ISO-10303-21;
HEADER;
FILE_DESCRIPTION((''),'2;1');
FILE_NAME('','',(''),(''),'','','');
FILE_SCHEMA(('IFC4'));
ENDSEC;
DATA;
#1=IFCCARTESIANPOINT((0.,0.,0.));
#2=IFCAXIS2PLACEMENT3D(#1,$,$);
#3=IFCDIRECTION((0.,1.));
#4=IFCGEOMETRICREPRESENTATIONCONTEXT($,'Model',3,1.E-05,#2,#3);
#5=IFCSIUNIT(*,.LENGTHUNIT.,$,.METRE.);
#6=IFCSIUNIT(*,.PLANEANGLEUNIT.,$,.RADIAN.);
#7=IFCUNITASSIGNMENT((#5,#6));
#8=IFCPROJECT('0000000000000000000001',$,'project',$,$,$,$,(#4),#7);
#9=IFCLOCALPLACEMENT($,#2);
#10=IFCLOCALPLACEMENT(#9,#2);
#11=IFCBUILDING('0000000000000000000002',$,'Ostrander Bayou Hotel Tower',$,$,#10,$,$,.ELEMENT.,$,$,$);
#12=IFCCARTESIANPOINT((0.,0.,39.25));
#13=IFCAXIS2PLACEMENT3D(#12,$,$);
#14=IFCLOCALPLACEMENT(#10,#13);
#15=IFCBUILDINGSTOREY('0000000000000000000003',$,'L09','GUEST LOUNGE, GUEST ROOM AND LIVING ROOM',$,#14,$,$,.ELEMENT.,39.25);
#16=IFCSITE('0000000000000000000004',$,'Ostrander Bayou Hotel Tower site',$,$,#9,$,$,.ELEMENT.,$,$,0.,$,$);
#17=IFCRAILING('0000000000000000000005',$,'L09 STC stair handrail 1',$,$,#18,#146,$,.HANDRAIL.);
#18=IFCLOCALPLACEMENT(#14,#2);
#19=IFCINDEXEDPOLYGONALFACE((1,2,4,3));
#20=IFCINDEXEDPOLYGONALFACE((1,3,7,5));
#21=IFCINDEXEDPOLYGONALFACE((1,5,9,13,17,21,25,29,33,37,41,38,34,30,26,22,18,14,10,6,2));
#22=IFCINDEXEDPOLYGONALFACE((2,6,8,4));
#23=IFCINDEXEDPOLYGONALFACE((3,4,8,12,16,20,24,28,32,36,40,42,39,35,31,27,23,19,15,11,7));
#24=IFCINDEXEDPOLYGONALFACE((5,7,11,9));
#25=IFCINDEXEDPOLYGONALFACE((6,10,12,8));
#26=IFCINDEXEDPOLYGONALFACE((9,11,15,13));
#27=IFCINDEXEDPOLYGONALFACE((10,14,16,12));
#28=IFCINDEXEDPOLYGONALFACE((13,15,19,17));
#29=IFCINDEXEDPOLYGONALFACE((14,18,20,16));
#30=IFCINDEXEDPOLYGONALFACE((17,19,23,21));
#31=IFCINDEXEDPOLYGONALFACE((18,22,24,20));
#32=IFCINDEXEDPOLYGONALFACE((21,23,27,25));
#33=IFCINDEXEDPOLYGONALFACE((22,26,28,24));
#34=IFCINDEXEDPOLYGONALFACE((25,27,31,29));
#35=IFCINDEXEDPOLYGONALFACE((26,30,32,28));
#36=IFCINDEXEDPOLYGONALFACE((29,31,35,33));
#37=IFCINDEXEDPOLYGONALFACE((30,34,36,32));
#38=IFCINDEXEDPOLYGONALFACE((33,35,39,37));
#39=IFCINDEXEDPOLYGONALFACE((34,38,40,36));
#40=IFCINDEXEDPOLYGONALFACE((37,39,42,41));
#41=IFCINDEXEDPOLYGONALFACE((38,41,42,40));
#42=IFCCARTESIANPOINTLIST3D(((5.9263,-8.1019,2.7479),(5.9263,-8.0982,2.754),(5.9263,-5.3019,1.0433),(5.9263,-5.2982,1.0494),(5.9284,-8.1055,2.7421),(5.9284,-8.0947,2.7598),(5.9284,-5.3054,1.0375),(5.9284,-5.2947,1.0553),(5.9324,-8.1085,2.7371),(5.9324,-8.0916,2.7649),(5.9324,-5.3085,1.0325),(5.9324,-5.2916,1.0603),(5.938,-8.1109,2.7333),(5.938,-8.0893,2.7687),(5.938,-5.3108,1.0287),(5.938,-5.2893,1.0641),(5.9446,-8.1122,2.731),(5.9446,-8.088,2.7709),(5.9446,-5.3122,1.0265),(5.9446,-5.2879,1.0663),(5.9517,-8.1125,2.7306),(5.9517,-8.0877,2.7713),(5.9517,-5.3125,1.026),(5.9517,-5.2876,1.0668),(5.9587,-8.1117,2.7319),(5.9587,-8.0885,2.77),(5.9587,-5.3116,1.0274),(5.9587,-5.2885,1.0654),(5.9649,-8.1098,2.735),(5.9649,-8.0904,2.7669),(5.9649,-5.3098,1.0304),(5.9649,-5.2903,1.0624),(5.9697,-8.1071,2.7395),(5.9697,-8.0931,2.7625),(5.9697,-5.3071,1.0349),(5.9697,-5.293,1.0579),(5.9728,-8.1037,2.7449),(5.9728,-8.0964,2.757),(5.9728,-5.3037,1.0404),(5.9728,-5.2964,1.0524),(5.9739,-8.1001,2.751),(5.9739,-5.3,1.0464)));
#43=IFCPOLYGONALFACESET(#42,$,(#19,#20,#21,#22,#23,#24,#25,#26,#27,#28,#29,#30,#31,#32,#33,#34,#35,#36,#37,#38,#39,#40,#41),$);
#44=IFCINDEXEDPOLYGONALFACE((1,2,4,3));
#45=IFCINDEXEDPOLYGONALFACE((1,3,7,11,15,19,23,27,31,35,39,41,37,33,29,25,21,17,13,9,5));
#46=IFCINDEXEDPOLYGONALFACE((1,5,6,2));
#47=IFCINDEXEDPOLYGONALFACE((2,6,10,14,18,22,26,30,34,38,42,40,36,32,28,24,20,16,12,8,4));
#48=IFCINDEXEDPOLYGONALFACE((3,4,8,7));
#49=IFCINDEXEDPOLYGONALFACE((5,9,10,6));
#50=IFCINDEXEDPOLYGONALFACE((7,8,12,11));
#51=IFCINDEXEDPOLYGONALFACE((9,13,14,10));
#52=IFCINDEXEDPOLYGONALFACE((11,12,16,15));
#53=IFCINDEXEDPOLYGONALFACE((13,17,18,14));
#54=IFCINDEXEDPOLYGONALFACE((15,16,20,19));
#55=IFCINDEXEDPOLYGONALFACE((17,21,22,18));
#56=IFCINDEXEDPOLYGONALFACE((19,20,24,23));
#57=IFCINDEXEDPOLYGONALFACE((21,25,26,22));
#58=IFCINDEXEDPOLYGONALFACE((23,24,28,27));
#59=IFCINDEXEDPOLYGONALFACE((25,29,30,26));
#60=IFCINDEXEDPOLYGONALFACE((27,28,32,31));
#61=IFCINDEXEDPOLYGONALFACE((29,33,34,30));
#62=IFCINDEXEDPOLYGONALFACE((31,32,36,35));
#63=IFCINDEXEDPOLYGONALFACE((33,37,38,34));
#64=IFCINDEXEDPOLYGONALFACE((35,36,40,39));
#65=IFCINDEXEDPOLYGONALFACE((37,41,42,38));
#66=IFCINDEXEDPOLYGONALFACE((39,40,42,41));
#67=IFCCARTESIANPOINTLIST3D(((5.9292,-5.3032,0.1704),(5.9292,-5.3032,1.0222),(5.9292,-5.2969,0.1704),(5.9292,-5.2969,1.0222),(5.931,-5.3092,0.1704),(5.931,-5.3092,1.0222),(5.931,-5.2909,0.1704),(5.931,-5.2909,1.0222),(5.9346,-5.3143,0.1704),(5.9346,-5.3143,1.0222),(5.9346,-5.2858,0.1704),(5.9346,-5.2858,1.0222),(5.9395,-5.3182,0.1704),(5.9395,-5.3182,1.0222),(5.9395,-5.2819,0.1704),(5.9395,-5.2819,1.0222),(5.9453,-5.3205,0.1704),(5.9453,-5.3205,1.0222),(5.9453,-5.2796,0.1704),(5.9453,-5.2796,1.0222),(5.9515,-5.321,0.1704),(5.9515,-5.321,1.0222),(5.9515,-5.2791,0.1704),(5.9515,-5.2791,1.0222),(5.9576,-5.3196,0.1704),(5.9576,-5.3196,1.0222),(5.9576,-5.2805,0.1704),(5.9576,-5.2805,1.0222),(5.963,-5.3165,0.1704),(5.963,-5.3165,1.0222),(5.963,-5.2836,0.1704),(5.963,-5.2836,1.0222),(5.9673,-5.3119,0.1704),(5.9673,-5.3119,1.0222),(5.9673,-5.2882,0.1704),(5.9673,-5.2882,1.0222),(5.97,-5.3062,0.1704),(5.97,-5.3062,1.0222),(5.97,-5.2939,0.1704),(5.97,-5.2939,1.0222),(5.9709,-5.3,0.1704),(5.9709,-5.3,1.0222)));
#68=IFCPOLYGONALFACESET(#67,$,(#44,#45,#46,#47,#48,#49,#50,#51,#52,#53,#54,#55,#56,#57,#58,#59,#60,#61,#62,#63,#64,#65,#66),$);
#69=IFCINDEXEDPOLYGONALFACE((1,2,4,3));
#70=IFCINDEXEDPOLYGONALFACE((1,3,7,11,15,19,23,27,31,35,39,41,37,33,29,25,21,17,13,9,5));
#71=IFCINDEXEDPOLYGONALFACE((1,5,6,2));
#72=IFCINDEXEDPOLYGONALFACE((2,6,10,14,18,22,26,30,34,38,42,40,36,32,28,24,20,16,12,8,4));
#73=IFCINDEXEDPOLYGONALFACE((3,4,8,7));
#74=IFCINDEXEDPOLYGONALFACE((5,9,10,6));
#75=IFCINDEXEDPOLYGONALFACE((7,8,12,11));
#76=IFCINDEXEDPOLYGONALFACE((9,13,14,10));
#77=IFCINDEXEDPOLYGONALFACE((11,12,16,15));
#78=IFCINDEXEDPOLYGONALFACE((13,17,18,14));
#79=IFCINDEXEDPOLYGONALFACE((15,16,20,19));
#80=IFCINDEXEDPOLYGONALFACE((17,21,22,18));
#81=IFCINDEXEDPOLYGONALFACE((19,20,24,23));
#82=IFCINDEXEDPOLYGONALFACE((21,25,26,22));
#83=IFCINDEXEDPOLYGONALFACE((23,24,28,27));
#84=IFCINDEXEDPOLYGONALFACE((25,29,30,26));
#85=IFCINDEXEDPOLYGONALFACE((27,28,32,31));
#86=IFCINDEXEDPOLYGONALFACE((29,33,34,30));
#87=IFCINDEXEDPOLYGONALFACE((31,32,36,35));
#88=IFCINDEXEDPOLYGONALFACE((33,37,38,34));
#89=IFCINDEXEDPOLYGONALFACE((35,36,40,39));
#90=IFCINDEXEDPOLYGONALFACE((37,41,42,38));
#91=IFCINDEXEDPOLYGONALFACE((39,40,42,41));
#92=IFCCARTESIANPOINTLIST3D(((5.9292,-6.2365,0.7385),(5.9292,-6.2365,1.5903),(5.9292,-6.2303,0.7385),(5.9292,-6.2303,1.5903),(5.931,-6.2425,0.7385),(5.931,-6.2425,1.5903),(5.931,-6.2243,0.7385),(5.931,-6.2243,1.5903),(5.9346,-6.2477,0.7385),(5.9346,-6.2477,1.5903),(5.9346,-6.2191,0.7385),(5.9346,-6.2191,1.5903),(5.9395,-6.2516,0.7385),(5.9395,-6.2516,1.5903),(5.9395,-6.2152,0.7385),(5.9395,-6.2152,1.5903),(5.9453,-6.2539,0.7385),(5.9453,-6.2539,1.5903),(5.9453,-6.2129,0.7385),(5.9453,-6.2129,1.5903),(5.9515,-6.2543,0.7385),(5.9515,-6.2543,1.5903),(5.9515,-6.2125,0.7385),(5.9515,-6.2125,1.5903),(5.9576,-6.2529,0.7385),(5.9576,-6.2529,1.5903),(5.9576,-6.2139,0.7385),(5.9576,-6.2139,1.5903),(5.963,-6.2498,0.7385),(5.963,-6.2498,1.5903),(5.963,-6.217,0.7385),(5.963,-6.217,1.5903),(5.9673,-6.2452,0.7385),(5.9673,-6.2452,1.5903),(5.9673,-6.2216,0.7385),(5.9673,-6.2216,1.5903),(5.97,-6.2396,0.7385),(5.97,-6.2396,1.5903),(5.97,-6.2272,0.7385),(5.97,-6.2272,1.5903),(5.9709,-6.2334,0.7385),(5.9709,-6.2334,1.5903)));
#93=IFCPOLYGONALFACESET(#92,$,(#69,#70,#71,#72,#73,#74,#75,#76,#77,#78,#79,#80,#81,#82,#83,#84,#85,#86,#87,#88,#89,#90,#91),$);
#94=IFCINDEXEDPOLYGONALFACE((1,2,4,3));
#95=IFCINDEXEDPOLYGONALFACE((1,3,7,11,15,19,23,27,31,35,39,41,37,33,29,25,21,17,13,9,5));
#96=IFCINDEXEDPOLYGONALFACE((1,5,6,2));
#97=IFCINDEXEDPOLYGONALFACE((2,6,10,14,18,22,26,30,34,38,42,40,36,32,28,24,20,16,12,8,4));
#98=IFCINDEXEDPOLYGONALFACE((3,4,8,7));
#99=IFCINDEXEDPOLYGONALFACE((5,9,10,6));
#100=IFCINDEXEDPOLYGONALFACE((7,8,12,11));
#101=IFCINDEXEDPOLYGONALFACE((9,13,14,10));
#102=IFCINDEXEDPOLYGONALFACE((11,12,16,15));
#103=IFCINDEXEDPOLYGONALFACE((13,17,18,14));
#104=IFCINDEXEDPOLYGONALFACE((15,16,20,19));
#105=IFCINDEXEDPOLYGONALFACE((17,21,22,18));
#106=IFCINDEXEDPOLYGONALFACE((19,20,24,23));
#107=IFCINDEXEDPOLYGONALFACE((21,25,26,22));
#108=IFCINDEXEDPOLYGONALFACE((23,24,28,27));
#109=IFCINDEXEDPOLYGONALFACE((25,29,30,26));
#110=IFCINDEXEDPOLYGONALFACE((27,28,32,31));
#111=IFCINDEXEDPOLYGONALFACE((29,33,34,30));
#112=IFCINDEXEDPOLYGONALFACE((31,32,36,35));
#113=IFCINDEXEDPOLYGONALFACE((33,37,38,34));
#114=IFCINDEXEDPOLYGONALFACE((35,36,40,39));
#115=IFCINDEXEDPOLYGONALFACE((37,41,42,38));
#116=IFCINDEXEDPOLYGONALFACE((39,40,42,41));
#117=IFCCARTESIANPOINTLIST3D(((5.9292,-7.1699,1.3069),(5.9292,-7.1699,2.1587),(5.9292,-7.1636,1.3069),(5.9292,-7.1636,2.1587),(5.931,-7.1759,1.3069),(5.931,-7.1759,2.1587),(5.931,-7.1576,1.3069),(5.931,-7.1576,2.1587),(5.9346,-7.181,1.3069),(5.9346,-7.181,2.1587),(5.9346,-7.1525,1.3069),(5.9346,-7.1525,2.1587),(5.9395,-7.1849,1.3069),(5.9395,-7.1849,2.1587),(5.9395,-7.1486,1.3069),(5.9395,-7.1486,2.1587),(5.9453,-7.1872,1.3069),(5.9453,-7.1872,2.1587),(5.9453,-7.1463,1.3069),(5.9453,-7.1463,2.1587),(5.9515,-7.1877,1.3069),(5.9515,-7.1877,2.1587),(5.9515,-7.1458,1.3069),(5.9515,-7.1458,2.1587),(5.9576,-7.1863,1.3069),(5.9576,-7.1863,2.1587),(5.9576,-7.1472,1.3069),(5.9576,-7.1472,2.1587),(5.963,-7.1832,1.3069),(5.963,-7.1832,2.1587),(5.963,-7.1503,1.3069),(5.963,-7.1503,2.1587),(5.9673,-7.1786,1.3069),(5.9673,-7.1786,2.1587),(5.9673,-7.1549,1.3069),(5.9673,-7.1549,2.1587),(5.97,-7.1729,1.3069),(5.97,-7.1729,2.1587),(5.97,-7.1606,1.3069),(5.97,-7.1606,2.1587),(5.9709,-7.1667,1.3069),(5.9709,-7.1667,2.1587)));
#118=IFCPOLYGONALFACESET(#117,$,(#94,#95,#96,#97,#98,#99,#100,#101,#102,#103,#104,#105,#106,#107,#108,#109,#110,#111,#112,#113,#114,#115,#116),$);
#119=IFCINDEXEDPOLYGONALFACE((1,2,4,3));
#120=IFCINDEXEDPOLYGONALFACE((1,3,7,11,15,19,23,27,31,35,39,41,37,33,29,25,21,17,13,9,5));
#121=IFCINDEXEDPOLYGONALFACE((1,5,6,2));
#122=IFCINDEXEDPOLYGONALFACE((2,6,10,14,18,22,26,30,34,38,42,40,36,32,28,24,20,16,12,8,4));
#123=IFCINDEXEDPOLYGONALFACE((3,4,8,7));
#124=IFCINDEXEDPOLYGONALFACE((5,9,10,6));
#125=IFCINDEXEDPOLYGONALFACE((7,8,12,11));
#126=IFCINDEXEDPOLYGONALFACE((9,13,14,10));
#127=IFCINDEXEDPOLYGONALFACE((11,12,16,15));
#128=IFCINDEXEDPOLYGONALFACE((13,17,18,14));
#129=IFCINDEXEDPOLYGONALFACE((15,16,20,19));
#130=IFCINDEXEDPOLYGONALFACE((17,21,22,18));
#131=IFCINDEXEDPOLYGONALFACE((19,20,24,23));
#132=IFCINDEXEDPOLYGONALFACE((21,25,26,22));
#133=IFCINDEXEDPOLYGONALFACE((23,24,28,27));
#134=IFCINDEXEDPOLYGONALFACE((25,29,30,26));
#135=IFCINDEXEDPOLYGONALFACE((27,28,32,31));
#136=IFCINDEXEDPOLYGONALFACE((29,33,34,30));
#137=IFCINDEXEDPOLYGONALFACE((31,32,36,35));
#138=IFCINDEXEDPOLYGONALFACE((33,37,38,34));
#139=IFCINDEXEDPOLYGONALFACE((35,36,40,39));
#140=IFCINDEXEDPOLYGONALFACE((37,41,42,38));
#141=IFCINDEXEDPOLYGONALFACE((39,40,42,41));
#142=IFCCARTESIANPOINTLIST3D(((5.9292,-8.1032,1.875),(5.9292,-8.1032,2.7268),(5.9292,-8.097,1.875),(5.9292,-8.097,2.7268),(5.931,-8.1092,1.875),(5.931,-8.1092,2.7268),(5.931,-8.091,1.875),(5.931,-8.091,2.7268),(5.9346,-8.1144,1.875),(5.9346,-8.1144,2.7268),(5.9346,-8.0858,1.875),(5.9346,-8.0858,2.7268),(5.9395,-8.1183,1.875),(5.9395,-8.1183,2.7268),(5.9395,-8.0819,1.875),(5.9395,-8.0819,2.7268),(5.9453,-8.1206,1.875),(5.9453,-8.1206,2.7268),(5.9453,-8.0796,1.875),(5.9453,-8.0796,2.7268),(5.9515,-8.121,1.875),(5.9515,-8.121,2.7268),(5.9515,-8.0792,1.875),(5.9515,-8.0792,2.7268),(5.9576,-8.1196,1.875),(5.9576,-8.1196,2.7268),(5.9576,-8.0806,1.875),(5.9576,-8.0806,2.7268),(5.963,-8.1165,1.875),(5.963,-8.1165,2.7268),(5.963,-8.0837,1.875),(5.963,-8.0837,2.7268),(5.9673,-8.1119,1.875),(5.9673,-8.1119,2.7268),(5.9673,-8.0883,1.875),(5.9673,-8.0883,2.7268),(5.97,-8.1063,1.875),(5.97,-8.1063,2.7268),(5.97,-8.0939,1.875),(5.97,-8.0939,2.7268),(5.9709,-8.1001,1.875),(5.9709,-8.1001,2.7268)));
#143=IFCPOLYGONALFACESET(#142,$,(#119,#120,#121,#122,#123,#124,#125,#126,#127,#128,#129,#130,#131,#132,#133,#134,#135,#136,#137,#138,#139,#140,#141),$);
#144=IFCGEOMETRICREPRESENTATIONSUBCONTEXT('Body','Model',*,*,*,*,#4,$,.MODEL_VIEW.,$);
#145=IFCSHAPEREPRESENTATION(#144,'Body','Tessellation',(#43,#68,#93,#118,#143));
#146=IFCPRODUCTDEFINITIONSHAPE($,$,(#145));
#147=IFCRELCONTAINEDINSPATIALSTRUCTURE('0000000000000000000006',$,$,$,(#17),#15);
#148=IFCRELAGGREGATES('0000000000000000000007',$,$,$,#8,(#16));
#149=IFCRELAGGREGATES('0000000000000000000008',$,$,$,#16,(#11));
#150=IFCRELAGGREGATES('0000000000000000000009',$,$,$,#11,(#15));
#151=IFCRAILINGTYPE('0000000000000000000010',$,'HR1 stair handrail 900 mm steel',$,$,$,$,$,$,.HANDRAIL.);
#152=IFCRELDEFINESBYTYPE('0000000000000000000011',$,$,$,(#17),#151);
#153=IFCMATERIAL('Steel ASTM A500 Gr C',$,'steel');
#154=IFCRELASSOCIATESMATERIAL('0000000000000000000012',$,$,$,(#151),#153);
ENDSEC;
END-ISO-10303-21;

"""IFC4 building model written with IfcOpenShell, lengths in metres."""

from ifc_helpers import new_model, si_unit, direction, frame, origin, origin_2d, place, context, subcontext, project, spatial, circle, extrude, material, type_object, element, save


model = new_model("IFC4")

# Units and contexts
model_context = context("Model", 3, precision=1e-05, world=origin(), true_north=direction((0.0, 1.0)))
body_context = subcontext(model_context, "Body", "Model", "MODEL_VIEW")
ifc_project = project(units=[si_unit("LENGTHUNIT", "METRE"), si_unit("PLANEANGLEUNIT", "RADIAN")], contexts=[model_context])

# Site, building, storey
site_placement = place(None, origin())
site = spatial("IfcSite", under=ifc_project, at=site_placement, Name="Ostrander Bayou Hotel Tower site", CompositionType="ELEMENT", RefElevation=0.0)
building_placement = place(site_placement, origin())
building = spatial("IfcBuilding", under=site, at=building_placement, Name="Ostrander Bayou Hotel Tower", CompositionType="ELEMENT")
storey_placement = place(building_placement, frame((0.0, 0.0, 39.25)))
storey = spatial("IfcBuildingStorey", under=building, at=storey_placement, Name="L09", Description="GUEST LOUNGE, GUEST ROOM AND LIVING ROOM", CompositionType="ELEMENT", Elevation=39.25)

# Railing
ifc_material_1 = material(Name="Steel ASTM A500 Gr C", Category="steel")
railing_type_1 = type_object("IfcRailingType", Name="HR1 stair handrail 900 mm steel", PredefinedType="HANDRAIL", material=ifc_material_1)
railing_1_placement = place(storey_placement, frame((5.95, -5.3, 0.1704)))
element("IfcRailing", 1, at=railing_1_placement, inside=storey, type_object=railing_type_1, Name="L09 STC stair handrail 1", PredefinedType="HANDRAIL", context=body_context, shape_type="SweptSolid", body=[
    extrude(circle(Radius=0.0239, at=origin_2d()), frame((0.0, 0.0, 0.876), z_axis=(0.0, -0.85417, 0.519994), x_axis=(1.0, 0.0, 0.0)), (0.0, 0.0, 1.0), 3.2781),
    extrude(circle(Radius=0.021, at=origin_2d()), origin(), (0.0, 0.0, 1.0), 0.8518),
    extrude(circle(Radius=0.021, at=origin_2d()), frame((0.0, -0.9333, 0.5681)), (0.0, 0.0, 1.0), 0.8518),
    extrude(circle(Radius=0.021, at=origin_2d()), frame((0.0, -1.8667, 1.1365)), (0.0, 0.0, 1.0), 0.8518),
    extrude(circle(Radius=0.021, at=origin_2d()), frame((0.0, -2.8, 1.7046)), (0.0, 0.0, 1.0), 0.8518),
])

save(model, "model.ifc")
